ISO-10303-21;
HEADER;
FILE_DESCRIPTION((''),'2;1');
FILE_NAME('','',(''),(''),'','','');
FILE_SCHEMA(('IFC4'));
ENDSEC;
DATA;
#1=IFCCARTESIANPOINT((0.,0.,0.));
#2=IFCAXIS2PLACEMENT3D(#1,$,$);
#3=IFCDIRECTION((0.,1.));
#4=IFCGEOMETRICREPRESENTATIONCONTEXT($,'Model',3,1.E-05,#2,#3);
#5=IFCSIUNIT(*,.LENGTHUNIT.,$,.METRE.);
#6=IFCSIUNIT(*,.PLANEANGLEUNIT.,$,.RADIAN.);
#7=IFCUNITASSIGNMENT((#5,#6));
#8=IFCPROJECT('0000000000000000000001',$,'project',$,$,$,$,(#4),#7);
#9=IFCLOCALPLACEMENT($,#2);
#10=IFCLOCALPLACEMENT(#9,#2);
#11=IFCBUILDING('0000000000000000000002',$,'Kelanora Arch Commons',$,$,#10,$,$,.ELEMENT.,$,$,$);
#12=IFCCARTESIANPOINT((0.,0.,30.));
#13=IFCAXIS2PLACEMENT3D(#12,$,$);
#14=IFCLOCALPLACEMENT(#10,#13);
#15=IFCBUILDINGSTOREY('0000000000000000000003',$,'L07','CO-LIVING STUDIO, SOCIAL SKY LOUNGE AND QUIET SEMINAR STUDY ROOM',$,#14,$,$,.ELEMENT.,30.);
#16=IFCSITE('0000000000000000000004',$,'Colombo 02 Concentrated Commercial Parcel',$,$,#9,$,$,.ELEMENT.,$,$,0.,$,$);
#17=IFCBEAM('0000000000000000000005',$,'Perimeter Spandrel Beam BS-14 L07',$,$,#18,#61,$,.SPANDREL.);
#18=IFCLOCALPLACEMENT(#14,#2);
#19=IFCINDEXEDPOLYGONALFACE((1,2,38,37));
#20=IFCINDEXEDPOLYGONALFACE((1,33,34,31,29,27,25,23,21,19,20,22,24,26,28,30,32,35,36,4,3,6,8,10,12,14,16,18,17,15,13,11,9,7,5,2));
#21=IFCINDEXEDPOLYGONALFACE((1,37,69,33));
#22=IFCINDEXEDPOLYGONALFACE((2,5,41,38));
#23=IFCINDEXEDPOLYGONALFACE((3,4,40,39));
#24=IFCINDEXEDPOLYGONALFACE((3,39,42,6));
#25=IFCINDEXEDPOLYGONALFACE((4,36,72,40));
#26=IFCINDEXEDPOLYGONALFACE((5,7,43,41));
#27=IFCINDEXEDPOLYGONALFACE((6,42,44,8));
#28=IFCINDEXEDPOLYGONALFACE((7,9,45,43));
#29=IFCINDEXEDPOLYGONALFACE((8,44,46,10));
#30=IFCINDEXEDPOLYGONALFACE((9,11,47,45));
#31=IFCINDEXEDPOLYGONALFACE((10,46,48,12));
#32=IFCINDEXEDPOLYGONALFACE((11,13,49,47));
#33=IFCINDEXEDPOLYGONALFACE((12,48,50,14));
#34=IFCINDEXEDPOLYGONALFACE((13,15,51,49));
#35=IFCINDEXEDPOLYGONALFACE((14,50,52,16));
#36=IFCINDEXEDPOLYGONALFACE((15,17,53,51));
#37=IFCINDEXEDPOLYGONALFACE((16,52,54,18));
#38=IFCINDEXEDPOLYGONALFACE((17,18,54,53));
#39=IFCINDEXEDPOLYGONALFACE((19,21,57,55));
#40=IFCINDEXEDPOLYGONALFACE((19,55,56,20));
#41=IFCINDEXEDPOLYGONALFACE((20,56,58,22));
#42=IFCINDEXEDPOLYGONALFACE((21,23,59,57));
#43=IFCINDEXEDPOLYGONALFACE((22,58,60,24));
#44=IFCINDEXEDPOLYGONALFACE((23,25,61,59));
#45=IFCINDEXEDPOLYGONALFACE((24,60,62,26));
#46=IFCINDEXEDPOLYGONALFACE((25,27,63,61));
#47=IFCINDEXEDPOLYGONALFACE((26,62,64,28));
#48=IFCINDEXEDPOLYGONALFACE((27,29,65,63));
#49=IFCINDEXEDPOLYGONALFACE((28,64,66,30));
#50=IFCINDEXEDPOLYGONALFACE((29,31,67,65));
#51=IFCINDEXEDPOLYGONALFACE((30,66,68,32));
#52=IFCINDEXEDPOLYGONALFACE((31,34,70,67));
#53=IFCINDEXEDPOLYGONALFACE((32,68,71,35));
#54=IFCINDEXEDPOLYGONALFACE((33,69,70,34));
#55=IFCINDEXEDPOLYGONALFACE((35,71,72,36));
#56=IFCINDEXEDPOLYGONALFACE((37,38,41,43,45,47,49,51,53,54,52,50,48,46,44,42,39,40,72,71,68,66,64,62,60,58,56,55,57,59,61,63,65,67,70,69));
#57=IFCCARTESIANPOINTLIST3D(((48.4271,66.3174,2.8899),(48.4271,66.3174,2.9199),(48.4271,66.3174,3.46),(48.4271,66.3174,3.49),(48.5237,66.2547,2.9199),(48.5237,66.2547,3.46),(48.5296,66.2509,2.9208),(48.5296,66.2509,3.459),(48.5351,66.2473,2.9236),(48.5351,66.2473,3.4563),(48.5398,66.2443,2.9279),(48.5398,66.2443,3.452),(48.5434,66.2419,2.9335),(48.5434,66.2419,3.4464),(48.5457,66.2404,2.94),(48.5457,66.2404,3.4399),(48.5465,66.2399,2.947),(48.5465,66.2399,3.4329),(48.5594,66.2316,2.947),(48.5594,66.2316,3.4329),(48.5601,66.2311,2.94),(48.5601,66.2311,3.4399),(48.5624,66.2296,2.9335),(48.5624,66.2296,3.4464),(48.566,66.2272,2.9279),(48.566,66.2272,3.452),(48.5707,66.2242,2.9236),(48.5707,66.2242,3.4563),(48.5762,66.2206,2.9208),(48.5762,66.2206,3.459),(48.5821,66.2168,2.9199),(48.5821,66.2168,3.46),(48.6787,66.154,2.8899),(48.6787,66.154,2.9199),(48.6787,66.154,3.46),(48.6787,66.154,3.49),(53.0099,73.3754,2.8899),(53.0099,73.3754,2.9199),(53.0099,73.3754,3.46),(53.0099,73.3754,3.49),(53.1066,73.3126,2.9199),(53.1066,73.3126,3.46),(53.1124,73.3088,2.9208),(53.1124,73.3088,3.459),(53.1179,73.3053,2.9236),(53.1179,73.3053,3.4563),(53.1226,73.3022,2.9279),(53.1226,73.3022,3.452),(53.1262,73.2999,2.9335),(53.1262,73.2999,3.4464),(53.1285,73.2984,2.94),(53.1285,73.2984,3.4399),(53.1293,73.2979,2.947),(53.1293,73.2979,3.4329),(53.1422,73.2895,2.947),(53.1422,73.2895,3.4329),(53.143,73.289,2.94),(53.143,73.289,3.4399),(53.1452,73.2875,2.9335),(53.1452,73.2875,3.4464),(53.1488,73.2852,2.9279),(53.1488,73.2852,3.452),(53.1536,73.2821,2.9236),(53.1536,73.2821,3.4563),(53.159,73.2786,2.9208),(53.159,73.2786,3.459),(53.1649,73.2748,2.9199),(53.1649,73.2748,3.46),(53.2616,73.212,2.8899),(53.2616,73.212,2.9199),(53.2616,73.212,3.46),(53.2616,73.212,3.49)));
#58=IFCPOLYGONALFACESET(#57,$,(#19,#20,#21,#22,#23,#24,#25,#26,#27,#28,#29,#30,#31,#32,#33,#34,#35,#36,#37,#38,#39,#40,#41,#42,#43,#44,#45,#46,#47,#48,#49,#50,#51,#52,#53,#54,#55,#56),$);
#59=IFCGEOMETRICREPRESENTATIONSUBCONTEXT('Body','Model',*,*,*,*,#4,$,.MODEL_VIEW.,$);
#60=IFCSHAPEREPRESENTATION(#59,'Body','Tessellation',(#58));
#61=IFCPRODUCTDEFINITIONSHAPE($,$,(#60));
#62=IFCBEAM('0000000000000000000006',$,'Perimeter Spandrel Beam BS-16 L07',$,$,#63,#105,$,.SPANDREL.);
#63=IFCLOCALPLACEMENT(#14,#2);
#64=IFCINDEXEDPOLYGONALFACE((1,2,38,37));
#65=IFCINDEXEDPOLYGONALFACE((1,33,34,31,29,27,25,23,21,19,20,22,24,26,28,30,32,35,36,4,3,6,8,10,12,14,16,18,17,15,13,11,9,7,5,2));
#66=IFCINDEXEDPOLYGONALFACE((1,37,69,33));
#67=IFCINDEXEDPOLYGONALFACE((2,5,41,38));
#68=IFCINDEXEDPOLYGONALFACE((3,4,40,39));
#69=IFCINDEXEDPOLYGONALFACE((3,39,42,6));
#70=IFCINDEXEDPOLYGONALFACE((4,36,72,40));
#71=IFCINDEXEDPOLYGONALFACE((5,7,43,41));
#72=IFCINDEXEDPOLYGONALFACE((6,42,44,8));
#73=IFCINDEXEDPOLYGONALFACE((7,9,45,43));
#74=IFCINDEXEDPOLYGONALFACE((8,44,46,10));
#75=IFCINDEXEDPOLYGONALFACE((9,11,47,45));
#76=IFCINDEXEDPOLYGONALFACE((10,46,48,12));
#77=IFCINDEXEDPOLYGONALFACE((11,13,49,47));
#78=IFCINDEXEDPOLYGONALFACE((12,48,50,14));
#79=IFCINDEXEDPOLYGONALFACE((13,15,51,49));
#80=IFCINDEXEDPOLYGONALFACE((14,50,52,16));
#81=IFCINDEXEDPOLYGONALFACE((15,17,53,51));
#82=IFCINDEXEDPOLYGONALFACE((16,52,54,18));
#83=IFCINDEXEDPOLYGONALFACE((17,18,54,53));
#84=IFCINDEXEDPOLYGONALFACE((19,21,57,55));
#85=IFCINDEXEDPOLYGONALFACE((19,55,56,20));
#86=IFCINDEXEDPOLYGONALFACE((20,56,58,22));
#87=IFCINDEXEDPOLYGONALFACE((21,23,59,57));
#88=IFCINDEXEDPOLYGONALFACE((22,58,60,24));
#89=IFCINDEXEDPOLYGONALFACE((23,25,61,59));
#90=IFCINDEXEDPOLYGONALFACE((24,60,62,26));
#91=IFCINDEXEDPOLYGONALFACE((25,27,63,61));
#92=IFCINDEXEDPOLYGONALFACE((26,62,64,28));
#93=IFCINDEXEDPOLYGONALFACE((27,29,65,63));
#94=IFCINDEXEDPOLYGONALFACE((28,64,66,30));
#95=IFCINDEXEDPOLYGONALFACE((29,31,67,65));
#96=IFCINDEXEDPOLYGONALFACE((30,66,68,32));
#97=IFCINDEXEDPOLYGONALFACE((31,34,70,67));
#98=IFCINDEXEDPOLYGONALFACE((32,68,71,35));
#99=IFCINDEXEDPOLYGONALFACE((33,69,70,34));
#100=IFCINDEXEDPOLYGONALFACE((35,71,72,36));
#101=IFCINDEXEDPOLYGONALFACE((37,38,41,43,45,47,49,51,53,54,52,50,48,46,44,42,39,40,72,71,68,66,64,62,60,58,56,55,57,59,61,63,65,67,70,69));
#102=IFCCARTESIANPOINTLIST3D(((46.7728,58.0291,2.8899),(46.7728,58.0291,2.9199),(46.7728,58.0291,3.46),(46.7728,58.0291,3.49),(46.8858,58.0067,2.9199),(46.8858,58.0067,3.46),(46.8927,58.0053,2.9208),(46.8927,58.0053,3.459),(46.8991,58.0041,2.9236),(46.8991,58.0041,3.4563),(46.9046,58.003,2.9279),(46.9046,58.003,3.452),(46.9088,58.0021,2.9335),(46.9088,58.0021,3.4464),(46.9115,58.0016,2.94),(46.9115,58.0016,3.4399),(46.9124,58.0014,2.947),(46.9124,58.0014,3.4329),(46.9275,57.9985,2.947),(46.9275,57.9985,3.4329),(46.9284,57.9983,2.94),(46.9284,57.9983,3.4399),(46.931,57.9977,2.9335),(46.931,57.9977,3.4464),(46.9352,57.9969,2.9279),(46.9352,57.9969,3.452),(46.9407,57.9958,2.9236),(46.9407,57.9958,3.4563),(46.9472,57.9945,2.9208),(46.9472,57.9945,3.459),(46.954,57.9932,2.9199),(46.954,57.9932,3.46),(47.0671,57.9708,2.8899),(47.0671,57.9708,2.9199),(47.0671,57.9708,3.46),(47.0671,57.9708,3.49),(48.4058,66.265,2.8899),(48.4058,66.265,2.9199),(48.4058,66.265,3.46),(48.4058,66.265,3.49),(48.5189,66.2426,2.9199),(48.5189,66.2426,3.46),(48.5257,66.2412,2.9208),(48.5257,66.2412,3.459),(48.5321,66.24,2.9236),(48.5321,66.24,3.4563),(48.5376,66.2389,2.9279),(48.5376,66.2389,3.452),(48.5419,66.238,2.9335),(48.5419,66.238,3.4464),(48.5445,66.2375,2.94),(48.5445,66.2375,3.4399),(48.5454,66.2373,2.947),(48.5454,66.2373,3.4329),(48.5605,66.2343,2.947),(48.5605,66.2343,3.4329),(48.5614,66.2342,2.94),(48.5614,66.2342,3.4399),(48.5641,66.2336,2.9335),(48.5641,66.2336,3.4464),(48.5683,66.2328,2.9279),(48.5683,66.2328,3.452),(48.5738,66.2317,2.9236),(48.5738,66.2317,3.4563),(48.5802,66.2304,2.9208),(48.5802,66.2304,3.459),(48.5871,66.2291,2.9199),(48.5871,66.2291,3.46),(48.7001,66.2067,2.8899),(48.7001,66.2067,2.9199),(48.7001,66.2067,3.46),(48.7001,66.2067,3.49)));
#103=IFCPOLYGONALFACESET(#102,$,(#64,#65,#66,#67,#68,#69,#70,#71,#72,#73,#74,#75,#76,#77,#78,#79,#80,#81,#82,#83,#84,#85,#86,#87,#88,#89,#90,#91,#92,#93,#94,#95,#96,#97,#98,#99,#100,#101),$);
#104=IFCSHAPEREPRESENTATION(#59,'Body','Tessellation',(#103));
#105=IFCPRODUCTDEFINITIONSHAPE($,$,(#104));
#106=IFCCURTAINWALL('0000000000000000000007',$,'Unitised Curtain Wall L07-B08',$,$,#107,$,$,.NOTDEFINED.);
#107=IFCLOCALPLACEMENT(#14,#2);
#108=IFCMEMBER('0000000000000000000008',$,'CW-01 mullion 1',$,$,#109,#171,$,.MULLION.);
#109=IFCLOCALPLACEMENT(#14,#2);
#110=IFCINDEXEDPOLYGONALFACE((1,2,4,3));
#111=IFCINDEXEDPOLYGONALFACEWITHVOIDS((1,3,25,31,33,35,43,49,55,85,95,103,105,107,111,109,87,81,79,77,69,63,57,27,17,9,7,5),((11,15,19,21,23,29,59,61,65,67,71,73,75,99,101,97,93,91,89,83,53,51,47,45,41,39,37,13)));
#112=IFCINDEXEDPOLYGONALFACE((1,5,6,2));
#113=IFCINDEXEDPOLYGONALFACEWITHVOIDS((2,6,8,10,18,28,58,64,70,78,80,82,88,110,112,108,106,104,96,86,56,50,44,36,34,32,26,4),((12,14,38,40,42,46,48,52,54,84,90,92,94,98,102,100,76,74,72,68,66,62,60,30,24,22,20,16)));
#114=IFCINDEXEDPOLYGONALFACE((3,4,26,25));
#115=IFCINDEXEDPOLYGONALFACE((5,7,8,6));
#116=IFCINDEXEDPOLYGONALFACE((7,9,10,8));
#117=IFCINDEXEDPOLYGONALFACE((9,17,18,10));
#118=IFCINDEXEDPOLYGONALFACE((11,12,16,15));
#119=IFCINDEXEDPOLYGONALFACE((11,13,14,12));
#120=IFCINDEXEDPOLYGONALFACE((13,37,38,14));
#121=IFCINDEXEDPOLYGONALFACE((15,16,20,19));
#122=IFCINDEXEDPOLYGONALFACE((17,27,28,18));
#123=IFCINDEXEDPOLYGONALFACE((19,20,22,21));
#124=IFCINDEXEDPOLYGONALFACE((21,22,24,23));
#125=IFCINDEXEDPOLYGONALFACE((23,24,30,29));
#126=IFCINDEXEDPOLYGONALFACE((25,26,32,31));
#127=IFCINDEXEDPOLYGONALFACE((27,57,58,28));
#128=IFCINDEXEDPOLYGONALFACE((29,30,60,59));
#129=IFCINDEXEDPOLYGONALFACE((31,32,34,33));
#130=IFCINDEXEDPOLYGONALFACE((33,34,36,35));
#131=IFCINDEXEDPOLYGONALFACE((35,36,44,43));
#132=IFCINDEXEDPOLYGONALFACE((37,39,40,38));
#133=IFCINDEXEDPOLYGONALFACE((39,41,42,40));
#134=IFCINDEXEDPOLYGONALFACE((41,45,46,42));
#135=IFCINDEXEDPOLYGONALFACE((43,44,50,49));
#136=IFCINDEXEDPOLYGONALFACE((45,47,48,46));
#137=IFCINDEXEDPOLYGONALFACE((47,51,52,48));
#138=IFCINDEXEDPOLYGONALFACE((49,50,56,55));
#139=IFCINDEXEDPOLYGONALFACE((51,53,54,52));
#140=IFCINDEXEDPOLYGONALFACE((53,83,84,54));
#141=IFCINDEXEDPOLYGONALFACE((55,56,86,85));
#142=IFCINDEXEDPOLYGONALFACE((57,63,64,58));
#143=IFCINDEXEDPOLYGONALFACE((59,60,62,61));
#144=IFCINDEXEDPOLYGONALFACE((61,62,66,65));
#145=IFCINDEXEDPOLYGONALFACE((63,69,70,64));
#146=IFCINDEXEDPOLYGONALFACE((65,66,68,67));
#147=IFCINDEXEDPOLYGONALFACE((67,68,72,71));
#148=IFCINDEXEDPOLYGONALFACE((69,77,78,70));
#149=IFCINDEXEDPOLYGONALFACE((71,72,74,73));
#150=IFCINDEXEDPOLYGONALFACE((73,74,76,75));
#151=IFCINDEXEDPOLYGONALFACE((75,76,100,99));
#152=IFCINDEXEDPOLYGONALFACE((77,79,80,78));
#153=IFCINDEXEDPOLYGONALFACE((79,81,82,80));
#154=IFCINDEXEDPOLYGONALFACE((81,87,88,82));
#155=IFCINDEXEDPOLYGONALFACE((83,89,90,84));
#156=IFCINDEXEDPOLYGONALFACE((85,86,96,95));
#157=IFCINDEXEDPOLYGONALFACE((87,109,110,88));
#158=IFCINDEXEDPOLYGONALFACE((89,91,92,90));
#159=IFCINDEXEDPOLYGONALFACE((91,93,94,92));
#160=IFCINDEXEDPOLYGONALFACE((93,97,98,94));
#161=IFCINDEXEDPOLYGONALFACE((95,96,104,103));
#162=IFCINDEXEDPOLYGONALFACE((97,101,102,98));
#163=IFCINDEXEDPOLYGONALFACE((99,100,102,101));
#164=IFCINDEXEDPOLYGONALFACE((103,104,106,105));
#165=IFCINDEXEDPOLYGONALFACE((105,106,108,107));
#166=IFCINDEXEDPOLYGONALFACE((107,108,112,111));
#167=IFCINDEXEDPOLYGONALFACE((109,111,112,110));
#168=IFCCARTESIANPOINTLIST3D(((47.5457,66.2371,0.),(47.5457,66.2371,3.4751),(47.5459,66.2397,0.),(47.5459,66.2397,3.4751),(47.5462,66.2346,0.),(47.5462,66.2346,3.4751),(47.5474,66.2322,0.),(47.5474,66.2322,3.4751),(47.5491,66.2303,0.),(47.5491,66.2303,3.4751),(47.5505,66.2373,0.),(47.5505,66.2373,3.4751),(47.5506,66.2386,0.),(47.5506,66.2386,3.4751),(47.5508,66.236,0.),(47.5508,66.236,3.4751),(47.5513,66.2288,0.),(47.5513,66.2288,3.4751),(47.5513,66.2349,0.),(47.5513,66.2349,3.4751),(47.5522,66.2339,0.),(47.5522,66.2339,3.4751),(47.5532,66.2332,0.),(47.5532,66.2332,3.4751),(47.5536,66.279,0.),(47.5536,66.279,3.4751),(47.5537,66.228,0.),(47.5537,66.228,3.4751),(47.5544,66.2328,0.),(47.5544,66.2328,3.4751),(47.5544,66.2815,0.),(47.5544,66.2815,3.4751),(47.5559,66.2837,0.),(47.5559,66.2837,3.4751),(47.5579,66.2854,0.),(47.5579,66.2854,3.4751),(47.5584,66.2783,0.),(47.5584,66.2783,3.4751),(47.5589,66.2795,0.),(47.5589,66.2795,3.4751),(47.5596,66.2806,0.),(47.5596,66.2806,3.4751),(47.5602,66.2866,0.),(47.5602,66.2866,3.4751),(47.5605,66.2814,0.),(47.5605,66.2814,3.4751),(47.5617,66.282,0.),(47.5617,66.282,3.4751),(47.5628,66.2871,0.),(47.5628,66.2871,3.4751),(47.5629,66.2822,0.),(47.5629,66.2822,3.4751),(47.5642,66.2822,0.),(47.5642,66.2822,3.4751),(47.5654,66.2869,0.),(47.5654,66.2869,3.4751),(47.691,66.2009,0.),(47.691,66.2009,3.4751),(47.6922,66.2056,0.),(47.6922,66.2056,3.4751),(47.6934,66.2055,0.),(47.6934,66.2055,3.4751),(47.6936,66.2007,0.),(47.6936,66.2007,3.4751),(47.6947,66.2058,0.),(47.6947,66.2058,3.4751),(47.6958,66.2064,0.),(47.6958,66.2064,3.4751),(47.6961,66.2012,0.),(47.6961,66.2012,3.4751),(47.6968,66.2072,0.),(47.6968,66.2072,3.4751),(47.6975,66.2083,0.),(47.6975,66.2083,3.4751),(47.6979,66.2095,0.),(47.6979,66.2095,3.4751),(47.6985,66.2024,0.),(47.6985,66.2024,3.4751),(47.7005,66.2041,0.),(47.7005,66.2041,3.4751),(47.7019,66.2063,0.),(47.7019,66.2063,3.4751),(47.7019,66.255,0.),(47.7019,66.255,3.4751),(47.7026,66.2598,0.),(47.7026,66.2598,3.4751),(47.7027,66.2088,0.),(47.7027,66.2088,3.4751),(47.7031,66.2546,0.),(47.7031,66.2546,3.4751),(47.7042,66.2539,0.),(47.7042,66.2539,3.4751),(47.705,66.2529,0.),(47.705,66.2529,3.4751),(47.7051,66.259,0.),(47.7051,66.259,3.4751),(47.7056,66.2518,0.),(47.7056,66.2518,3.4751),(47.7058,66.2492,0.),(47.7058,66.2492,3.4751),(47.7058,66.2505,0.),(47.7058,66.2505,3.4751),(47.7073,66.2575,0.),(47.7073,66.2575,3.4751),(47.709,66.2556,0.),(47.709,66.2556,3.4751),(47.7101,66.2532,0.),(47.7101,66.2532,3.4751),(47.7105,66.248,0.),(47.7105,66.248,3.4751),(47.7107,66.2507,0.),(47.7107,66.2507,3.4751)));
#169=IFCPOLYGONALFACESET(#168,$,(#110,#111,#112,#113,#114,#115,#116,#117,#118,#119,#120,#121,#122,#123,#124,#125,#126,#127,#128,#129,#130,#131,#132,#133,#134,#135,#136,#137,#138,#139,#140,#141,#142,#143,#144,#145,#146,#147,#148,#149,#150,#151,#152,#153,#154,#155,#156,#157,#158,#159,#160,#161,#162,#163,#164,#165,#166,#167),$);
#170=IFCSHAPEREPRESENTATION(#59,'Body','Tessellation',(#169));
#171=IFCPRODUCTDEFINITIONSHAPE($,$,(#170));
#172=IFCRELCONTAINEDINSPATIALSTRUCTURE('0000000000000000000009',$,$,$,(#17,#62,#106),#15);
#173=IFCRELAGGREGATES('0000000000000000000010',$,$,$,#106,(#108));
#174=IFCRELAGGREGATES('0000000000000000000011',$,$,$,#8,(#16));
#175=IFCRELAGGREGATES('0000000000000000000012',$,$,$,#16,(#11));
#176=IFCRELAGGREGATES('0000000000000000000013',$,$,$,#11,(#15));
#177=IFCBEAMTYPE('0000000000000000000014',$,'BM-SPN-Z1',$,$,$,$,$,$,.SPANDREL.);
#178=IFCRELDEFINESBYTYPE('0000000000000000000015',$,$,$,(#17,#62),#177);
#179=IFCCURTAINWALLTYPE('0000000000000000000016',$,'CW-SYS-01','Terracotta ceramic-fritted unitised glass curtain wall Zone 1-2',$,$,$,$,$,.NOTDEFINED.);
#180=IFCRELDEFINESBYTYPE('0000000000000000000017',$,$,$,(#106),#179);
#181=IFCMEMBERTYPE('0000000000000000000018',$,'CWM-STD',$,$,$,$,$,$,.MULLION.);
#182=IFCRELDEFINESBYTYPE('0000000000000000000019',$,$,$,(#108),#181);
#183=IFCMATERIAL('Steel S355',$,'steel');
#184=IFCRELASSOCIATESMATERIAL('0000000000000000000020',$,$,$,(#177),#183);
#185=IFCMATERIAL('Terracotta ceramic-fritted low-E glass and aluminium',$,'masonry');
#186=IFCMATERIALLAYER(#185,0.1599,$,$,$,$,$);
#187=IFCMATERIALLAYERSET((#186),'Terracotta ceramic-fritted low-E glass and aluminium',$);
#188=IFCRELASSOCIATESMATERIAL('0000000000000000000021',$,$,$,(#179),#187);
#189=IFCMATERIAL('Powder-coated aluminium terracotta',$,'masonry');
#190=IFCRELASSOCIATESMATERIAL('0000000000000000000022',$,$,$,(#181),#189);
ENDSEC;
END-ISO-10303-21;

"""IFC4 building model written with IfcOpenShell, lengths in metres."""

from ifc_helpers import new_model, si_unit, direction, frame, origin, origin_2d, place, context, subcontext, project, spatial, hollow_rectangle, i_section, extrude, material, layer, layer_set, material_profile, profile_set, type_object, element, aggregate, save


model = new_model("IFC4")

# Units and contexts
model_context = context("Model", 3, precision=1e-05, world=origin(), true_north=direction((0.0, 1.0)))
body_context = subcontext(model_context, "Body", "Model", "MODEL_VIEW")
ifc_project = project(units=[si_unit("LENGTHUNIT", "METRE"), si_unit("PLANEANGLEUNIT", "RADIAN")], contexts=[model_context])

# Site, building, storey
site_placement = place(None, origin())
site = spatial("IfcSite", under=ifc_project, at=site_placement, Name="Colombo 02 Concentrated Commercial Parcel", CompositionType="ELEMENT", RefElevation=0.0)
building_placement = place(site_placement, origin())
building = spatial("IfcBuilding", under=site, at=building_placement, Name="Kelanora Arch Commons", CompositionType="ELEMENT")
storey_placement = place(building_placement, frame((0.0, 0.0, 30.0)))
storey = spatial("IfcBuildingStorey", under=building, at=storey_placement, Name="L07", Description="CO-LIVING STUDIO, SOCIAL SKY LOUNGE AND QUIET SEMINAR STUDY ROOM", CompositionType="ELEMENT", Elevation=30.0)

# Beams
ifc_material_1 = material(Name="Steel S355", Category="steel")
ifc_material_profile_1 = material_profile(ifc_material_1, i_section(OverallWidth=0.3, OverallDepth=0.6001, WebThickness=0.0154, FlangeThickness=0.03, FilletRadius=0.0271, at=origin_2d()), Name="HEB600")
ifc_profile_set_1 = profile_set([ifc_material_profile_1], Name="Steel S355")
beam_type_1 = type_object("IfcBeamType", Name="BM-SPN-Z1", PredefinedType="SPANDREL", material=ifc_profile_set_1)
beam_1_placement = place(storey_placement, frame((53.1357, 73.2937, 3.1899), z_axis=(-0.544583, -0.838707, 0.0), x_axis=(0.838707, -0.544583, 0.0)))
element("IfcBeam", 1, at=beam_1_placement, inside=storey, type_object=beam_type_1, Name="Perimeter Spandrel Beam BS-14 L07", PredefinedType="SPANDREL", context=body_context, shape_type="SweptSolid", body=[
    extrude(i_section(OverallWidth=0.3, OverallDepth=0.6001, WebThickness=0.0154, FlangeThickness=0.03, FilletRadius=0.0271, at=origin_2d()), origin(), (0.0, 0.0, 1.0), 8.4153),
])
beam_2_placement = place(storey_placement, frame((48.553, 66.2358, 3.1899), z_axis=(-0.1945, -0.980903, 0.0), x_axis=(0.980903, -0.1945, 0.0)))
element("IfcBeam", 2, at=beam_2_placement, inside=storey, type_object=beam_type_1, Name="Perimeter Spandrel Beam BS-16 L07", PredefinedType="SPANDREL", context=body_context, shape_type="SweptSolid", body=[
    extrude(i_section(OverallWidth=0.3, OverallDepth=0.6001, WebThickness=0.0154, FlangeThickness=0.03, FilletRadius=0.0271, at=origin_2d()), origin(), (0.0, 0.0, 1.0), 8.3962),
])

# Curtain wall, member
ifc_material_2 = material(Name="Terracotta ceramic-fritted low-E glass and aluminium", Category="masonry")
ifc_layer_1 = layer(ifc_material_2, 0.1599)
ifc_layer_set_1 = layer_set([ifc_layer_1], Name="Terracotta ceramic-fritted low-E glass and aluminium")
curtain_wall_type = type_object("IfcCurtainWallType", Name="CW-SYS-01", Description="Terracotta ceramic-fritted unitised glass curtain wall Zone 1-2", PredefinedType="NOTDEFINED", material=ifc_layer_set_1)
curtain_wall_placement = place(storey_placement, origin())
curtain_wall = element("IfcCurtainWall", 3, at=curtain_wall_placement, inside=storey, type_object=curtain_wall_type, Name="Unitised Curtain Wall L07-B08", PredefinedType="NOTDEFINED")
ifc_material_3 = material(Name="Powder-coated aluminium terracotta", Category="masonry")
ifc_material_profile_2 = material_profile(ifc_material_3, hollow_rectangle(XDim=0.1599, YDim=0.0601, WallThickness=0.0049, InnerFilletRadius=0.0049, OuterFilletRadius=0.01, at=origin_2d()), Name="CWM160x60")
ifc_profile_set_2 = profile_set([ifc_material_profile_2], Name="Powder-coated aluminium terracotta")
member_type_1 = type_object("IfcMemberType", Name="CWM-STD", PredefinedType="MULLION", material=ifc_profile_set_2)
member_1_placement = place(storey_placement, frame((47.6282, 66.2439, 0.0), z_axis=(0.0, 0.0, 1.0), x_axis=(0.981052, -0.193744, 0.0)))
member_1 = element("IfcMember", 4, at=member_1_placement, type_object=member_type_1, Name="CW-01 mullion 1", PredefinedType="MULLION", context=body_context, shape_type="SweptSolid", body=[
    extrude(hollow_rectangle(XDim=0.1599, YDim=0.0601, WallThickness=0.0049, InnerFilletRadius=0.0049, OuterFilletRadius=0.01, at=origin_2d()), origin(), (0.0, 0.0, 1.0), 3.4751),
])
aggregate(curtain_wall, [member_1])

save(model, "model.ifc")
